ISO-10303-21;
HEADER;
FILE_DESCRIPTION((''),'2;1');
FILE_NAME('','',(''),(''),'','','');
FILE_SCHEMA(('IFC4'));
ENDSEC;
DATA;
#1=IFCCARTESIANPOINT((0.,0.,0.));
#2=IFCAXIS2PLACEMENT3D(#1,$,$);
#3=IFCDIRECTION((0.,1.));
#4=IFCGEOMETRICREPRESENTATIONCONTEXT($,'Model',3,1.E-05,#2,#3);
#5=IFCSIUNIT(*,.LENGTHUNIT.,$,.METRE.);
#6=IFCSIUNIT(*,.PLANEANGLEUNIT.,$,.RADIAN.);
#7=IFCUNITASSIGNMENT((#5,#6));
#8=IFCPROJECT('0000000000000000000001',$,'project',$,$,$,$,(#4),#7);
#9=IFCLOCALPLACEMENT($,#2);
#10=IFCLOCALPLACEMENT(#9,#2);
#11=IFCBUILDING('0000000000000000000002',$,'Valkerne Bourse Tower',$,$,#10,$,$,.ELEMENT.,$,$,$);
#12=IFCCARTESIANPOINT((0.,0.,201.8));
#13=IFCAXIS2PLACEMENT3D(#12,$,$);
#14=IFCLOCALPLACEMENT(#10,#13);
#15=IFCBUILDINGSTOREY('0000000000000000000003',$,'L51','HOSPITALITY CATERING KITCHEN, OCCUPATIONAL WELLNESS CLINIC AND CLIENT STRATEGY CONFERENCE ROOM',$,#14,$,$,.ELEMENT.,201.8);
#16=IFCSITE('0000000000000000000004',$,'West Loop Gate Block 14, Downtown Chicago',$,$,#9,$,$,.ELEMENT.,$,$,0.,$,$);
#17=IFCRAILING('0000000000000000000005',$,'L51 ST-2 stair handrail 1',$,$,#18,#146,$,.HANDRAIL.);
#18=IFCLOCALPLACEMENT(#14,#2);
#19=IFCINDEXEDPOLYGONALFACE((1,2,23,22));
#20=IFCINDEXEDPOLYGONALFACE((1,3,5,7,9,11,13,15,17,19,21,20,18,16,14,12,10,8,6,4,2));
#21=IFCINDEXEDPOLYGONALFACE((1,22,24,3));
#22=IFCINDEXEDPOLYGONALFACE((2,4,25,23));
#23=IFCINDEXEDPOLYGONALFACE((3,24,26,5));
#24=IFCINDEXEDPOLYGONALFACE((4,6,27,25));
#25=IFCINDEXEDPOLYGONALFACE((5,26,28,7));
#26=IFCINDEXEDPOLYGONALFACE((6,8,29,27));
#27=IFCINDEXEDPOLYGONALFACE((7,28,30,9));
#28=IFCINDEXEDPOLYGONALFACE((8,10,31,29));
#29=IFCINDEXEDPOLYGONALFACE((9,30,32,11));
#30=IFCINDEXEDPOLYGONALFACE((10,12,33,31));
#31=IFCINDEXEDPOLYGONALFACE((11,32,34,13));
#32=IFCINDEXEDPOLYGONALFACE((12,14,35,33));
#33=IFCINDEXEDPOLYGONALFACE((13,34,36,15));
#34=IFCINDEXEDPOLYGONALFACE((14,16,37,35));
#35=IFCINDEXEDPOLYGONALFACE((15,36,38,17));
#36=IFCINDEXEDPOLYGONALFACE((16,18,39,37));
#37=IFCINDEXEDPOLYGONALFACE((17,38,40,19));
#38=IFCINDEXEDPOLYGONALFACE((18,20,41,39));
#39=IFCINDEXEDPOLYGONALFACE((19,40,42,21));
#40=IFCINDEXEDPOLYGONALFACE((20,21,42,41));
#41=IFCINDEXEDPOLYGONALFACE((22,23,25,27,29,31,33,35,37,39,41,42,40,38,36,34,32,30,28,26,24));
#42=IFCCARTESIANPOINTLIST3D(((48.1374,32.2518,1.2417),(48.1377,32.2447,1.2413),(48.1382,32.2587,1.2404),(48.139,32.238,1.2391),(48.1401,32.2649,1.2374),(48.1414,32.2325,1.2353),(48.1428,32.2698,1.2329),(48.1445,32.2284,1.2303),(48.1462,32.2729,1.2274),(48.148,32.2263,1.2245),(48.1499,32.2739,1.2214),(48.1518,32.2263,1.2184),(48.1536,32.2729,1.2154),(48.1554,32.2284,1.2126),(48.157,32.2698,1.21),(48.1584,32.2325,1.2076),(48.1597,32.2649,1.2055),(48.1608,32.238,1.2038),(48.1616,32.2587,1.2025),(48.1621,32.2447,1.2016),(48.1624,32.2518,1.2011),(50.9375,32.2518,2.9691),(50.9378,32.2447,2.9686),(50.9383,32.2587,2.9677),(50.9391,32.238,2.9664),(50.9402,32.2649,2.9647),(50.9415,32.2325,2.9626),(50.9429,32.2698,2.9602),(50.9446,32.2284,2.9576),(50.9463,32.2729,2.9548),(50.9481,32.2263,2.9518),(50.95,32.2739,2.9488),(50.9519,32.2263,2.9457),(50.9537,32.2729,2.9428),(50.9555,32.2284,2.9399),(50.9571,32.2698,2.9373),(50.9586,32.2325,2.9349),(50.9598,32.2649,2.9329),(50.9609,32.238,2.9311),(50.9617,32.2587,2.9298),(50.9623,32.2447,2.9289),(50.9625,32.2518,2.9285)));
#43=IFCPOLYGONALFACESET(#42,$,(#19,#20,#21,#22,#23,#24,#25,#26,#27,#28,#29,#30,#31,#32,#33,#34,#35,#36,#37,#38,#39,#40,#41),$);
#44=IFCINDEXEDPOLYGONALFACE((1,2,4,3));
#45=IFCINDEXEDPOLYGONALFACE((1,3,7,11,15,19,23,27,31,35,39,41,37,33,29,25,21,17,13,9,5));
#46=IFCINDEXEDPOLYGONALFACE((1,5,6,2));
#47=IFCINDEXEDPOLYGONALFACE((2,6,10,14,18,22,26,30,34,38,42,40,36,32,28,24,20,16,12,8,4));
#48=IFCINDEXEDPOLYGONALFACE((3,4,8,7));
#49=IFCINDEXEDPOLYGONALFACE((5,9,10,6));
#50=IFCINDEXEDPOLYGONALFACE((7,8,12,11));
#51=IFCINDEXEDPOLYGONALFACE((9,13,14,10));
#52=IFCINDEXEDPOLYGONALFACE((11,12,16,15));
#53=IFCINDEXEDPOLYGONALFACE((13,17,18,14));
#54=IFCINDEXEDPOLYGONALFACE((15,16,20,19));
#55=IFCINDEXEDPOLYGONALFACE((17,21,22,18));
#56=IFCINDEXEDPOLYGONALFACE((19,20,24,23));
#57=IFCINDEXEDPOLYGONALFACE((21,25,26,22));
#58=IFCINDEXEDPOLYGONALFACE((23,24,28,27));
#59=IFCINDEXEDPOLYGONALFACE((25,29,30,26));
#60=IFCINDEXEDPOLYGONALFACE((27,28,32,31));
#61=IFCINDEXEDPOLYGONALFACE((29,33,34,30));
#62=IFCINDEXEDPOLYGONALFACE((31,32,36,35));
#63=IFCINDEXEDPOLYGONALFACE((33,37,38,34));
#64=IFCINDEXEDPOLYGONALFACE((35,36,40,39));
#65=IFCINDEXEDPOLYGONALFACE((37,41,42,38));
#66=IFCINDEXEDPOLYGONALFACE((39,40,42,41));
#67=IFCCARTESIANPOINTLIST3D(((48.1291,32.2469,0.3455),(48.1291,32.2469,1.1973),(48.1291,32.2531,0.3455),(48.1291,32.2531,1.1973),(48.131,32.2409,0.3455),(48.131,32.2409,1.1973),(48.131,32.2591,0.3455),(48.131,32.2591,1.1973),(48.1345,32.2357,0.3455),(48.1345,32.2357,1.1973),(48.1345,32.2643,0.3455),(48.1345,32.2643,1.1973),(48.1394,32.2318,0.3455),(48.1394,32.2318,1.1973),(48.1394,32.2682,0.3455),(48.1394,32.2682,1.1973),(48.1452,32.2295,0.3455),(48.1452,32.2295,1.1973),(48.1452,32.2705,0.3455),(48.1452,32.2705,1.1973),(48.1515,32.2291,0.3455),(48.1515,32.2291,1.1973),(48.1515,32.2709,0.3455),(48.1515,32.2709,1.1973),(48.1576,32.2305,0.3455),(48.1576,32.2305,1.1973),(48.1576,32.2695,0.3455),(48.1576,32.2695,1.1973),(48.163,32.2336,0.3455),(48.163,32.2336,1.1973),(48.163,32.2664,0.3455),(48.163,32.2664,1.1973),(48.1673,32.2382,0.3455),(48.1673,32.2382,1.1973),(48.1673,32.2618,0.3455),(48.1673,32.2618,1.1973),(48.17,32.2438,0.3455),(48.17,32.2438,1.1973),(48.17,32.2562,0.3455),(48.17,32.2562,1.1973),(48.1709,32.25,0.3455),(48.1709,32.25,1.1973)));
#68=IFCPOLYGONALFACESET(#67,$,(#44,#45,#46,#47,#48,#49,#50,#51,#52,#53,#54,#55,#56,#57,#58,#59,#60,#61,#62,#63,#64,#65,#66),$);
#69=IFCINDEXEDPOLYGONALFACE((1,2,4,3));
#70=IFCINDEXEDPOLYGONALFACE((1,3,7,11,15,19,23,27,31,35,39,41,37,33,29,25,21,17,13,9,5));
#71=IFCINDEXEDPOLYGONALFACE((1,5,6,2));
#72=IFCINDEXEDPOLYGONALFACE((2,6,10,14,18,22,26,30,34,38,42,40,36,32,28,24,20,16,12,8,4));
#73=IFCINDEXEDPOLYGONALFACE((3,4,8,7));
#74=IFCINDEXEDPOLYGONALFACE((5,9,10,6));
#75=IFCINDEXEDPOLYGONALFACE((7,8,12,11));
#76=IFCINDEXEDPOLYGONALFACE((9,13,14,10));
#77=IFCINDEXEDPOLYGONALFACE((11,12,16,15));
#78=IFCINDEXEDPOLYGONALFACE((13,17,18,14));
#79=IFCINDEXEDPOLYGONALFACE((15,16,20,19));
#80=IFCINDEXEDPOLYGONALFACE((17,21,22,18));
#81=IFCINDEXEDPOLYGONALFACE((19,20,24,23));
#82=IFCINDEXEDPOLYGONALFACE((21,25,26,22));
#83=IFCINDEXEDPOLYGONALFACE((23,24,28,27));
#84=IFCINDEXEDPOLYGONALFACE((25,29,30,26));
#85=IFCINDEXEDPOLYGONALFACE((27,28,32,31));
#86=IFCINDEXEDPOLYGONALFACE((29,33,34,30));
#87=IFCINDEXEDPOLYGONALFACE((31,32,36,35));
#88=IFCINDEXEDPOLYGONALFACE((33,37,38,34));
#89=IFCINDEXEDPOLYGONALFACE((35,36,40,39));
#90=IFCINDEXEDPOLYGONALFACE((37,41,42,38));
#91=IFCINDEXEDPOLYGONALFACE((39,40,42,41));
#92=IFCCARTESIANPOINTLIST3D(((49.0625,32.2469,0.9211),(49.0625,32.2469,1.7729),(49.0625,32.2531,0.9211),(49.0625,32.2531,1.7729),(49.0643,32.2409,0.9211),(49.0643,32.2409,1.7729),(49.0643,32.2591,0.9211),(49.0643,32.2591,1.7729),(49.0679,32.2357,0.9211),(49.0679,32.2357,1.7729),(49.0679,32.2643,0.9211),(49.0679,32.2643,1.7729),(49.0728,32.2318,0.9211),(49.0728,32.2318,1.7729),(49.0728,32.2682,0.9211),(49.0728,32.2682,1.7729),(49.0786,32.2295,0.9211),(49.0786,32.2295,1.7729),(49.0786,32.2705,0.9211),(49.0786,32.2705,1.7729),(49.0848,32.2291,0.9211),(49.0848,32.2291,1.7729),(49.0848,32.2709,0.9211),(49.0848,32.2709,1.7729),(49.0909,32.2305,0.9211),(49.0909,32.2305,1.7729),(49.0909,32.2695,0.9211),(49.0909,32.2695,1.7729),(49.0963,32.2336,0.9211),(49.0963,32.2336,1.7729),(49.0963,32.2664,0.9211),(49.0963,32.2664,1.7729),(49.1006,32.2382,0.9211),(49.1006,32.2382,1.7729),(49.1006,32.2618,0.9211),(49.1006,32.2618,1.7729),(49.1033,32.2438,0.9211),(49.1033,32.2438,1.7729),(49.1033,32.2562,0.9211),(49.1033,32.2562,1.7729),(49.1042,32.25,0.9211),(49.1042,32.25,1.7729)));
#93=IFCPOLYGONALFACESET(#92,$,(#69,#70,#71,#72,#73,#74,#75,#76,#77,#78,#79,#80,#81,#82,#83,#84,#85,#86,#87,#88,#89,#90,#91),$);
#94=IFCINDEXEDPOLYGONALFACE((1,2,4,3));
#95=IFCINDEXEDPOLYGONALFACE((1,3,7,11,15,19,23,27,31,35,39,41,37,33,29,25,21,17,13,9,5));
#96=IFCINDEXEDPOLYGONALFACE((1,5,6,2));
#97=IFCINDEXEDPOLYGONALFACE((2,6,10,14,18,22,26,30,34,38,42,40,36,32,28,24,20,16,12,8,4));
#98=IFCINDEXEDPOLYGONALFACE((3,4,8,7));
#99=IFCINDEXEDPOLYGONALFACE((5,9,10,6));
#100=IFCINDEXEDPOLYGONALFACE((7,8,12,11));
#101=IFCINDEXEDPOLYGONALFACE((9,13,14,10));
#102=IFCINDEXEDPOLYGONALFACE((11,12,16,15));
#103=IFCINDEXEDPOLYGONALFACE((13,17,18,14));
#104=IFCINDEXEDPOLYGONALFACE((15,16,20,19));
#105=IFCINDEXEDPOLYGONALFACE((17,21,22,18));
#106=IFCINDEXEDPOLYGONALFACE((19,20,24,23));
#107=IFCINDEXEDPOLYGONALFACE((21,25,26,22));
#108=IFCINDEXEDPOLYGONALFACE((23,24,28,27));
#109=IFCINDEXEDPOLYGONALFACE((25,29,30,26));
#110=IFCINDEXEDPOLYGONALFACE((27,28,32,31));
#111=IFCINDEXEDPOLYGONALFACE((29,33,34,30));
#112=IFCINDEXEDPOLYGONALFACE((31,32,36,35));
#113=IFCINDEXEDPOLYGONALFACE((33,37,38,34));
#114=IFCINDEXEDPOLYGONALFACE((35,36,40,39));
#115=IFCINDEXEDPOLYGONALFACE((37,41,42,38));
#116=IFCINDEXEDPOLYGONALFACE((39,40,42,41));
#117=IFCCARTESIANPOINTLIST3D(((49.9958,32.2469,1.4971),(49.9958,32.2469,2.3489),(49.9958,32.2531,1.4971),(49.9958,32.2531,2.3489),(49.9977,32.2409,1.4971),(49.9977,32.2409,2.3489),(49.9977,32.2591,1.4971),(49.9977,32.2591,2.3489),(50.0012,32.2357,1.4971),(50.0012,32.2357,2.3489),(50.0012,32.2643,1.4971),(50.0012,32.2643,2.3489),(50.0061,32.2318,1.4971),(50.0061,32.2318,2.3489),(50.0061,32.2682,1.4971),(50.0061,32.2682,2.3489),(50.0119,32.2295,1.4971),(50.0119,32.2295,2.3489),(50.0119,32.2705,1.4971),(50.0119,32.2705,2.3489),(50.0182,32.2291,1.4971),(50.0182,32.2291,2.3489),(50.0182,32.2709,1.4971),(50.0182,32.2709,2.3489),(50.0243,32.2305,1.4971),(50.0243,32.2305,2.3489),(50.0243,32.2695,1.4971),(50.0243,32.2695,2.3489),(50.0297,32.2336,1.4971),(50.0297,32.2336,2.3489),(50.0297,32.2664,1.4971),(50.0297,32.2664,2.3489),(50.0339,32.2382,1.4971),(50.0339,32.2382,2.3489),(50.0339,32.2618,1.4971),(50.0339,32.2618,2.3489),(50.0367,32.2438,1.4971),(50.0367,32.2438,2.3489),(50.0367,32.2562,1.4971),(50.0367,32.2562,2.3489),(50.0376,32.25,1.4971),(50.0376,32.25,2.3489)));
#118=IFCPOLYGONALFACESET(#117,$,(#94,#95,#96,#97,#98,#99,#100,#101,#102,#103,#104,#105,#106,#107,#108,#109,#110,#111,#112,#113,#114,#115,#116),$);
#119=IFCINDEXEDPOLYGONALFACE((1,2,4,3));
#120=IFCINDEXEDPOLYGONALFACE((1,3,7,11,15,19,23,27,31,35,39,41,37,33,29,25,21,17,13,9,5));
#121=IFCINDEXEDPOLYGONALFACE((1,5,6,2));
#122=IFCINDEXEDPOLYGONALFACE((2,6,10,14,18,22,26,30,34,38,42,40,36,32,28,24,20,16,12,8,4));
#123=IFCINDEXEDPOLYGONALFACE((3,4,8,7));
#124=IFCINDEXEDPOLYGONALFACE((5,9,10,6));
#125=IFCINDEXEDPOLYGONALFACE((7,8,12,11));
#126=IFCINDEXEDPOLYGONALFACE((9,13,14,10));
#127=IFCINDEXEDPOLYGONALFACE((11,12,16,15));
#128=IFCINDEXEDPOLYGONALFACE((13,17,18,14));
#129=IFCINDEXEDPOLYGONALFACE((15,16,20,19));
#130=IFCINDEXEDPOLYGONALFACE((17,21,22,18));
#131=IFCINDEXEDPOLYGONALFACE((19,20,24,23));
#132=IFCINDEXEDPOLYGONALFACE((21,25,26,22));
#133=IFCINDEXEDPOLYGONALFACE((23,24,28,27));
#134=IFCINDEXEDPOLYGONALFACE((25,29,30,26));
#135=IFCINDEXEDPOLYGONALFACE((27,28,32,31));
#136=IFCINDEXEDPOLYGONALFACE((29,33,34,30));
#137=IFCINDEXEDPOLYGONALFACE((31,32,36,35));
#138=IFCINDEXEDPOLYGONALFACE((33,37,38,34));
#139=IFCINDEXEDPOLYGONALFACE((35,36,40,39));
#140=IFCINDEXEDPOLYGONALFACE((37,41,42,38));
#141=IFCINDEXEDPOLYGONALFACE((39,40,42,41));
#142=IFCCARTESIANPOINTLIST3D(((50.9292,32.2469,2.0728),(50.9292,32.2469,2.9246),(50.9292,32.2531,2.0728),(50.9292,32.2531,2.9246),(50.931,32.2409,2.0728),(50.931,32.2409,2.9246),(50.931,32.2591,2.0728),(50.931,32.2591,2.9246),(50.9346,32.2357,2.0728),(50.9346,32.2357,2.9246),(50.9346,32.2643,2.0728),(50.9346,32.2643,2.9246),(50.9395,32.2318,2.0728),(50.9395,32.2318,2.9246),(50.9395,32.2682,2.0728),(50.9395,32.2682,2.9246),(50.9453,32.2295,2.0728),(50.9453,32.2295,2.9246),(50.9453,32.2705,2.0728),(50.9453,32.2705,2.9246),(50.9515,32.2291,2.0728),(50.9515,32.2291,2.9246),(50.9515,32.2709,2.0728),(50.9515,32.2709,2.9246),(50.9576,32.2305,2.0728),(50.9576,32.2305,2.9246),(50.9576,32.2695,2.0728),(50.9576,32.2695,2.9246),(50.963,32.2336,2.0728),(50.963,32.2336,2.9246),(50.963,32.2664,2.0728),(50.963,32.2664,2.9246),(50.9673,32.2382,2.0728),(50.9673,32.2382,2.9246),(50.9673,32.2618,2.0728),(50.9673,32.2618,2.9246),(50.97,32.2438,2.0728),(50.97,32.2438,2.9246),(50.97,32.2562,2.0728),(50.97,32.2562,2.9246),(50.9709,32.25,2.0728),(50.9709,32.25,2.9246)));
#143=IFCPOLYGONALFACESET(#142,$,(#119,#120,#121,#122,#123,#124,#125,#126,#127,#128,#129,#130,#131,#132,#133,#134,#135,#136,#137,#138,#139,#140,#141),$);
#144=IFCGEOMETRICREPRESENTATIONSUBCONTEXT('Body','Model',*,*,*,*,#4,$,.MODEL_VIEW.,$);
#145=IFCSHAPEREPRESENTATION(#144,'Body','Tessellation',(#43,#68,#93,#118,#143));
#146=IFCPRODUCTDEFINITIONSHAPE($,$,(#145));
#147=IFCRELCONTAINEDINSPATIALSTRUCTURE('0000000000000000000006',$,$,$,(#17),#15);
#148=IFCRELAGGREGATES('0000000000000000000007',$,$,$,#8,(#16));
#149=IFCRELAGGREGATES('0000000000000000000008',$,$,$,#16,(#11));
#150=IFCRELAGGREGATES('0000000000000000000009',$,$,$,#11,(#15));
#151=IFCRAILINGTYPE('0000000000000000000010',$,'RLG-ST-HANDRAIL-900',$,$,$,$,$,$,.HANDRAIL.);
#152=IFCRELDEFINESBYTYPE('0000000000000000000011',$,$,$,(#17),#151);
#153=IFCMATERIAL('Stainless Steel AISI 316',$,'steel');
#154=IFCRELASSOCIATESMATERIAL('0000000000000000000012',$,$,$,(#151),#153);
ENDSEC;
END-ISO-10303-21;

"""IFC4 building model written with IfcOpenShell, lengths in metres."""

from ifc_helpers import new_model, si_unit, direction, frame, origin, origin_2d, place, context, subcontext, project, spatial, circle, extrude, material, type_object, element, save


model = new_model("IFC4")

# Units and contexts
model_context = context("Model", 3, precision=1e-05, world=origin(), true_north=direction((0.0, 1.0)))
body_context = subcontext(model_context, "Body", "Model", "MODEL_VIEW")
ifc_project = project(units=[si_unit("LENGTHUNIT", "METRE"), si_unit("PLANEANGLEUNIT", "RADIAN")], contexts=[model_context])

# Site, building, storey
site_placement = place(None, origin())
site = spatial("IfcSite", under=ifc_project, at=site_placement, Name="West Loop Gate Block 14, Downtown Chicago", CompositionType="ELEMENT", RefElevation=0.0)
building_placement = place(site_placement, origin())
building = spatial("IfcBuilding", under=site, at=building_placement, Name="Valkerne Bourse Tower", CompositionType="ELEMENT")
storey_placement = place(building_placement, frame((0.0, 0.0, 201.8)))
storey = spatial("IfcBuildingStorey", under=building, at=storey_placement, Name="L51", Description="HOSPITALITY CATERING KITCHEN, OCCUPATIONAL WELLNESS CLINIC AND CLIENT STRATEGY CONFERENCE ROOM", CompositionType="ELEMENT", Elevation=201.8)

# Shared definitions
ifc_material_1 = material(Name="Stainless Steel AISI 316", Category="steel")

# Railing
railing_type_1 = type_object("IfcRailingType", Name="RLG-ST-HANDRAIL-900", PredefinedType="HANDRAIL", material=ifc_material_1)
railing_1_placement = place(storey_placement, frame((48.1499, 32.25, 0.3455)))
element("IfcRailing", 1, at=railing_1_placement, inside=storey, type_object=railing_type_1, Name="L51 ST-2 stair handrail 1", PredefinedType="HANDRAIL", context=body_context, shape_type="SweptSolid", body=[
    extrude(circle(Radius=0.0239, at=origin_2d()), frame((0.0, 0.0, 0.876), z_axis=(0.85109, 0.0, 0.52502), x_axis=(0.0, 1.0, 0.0)), (0.0, 0.0, 1.0), 3.29),
    extrude(circle(Radius=0.021, at=origin_2d()), origin(), (0.0, 0.0, 1.0), 0.8518),
    extrude(circle(Radius=0.021, at=origin_2d()), frame((0.9333, 0.0, 0.5757)), (0.0, 0.0, 1.0), 0.8518),
    extrude(circle(Radius=0.021, at=origin_2d()), frame((1.8667, 0.0, 1.1516)), (0.0, 0.0, 1.0), 0.8518),
    extrude(circle(Radius=0.021, at=origin_2d()), frame((2.8, 0.0, 1.7273)), (0.0, 0.0, 1.0), 0.8518),
])

save(model, "model.ifc")
